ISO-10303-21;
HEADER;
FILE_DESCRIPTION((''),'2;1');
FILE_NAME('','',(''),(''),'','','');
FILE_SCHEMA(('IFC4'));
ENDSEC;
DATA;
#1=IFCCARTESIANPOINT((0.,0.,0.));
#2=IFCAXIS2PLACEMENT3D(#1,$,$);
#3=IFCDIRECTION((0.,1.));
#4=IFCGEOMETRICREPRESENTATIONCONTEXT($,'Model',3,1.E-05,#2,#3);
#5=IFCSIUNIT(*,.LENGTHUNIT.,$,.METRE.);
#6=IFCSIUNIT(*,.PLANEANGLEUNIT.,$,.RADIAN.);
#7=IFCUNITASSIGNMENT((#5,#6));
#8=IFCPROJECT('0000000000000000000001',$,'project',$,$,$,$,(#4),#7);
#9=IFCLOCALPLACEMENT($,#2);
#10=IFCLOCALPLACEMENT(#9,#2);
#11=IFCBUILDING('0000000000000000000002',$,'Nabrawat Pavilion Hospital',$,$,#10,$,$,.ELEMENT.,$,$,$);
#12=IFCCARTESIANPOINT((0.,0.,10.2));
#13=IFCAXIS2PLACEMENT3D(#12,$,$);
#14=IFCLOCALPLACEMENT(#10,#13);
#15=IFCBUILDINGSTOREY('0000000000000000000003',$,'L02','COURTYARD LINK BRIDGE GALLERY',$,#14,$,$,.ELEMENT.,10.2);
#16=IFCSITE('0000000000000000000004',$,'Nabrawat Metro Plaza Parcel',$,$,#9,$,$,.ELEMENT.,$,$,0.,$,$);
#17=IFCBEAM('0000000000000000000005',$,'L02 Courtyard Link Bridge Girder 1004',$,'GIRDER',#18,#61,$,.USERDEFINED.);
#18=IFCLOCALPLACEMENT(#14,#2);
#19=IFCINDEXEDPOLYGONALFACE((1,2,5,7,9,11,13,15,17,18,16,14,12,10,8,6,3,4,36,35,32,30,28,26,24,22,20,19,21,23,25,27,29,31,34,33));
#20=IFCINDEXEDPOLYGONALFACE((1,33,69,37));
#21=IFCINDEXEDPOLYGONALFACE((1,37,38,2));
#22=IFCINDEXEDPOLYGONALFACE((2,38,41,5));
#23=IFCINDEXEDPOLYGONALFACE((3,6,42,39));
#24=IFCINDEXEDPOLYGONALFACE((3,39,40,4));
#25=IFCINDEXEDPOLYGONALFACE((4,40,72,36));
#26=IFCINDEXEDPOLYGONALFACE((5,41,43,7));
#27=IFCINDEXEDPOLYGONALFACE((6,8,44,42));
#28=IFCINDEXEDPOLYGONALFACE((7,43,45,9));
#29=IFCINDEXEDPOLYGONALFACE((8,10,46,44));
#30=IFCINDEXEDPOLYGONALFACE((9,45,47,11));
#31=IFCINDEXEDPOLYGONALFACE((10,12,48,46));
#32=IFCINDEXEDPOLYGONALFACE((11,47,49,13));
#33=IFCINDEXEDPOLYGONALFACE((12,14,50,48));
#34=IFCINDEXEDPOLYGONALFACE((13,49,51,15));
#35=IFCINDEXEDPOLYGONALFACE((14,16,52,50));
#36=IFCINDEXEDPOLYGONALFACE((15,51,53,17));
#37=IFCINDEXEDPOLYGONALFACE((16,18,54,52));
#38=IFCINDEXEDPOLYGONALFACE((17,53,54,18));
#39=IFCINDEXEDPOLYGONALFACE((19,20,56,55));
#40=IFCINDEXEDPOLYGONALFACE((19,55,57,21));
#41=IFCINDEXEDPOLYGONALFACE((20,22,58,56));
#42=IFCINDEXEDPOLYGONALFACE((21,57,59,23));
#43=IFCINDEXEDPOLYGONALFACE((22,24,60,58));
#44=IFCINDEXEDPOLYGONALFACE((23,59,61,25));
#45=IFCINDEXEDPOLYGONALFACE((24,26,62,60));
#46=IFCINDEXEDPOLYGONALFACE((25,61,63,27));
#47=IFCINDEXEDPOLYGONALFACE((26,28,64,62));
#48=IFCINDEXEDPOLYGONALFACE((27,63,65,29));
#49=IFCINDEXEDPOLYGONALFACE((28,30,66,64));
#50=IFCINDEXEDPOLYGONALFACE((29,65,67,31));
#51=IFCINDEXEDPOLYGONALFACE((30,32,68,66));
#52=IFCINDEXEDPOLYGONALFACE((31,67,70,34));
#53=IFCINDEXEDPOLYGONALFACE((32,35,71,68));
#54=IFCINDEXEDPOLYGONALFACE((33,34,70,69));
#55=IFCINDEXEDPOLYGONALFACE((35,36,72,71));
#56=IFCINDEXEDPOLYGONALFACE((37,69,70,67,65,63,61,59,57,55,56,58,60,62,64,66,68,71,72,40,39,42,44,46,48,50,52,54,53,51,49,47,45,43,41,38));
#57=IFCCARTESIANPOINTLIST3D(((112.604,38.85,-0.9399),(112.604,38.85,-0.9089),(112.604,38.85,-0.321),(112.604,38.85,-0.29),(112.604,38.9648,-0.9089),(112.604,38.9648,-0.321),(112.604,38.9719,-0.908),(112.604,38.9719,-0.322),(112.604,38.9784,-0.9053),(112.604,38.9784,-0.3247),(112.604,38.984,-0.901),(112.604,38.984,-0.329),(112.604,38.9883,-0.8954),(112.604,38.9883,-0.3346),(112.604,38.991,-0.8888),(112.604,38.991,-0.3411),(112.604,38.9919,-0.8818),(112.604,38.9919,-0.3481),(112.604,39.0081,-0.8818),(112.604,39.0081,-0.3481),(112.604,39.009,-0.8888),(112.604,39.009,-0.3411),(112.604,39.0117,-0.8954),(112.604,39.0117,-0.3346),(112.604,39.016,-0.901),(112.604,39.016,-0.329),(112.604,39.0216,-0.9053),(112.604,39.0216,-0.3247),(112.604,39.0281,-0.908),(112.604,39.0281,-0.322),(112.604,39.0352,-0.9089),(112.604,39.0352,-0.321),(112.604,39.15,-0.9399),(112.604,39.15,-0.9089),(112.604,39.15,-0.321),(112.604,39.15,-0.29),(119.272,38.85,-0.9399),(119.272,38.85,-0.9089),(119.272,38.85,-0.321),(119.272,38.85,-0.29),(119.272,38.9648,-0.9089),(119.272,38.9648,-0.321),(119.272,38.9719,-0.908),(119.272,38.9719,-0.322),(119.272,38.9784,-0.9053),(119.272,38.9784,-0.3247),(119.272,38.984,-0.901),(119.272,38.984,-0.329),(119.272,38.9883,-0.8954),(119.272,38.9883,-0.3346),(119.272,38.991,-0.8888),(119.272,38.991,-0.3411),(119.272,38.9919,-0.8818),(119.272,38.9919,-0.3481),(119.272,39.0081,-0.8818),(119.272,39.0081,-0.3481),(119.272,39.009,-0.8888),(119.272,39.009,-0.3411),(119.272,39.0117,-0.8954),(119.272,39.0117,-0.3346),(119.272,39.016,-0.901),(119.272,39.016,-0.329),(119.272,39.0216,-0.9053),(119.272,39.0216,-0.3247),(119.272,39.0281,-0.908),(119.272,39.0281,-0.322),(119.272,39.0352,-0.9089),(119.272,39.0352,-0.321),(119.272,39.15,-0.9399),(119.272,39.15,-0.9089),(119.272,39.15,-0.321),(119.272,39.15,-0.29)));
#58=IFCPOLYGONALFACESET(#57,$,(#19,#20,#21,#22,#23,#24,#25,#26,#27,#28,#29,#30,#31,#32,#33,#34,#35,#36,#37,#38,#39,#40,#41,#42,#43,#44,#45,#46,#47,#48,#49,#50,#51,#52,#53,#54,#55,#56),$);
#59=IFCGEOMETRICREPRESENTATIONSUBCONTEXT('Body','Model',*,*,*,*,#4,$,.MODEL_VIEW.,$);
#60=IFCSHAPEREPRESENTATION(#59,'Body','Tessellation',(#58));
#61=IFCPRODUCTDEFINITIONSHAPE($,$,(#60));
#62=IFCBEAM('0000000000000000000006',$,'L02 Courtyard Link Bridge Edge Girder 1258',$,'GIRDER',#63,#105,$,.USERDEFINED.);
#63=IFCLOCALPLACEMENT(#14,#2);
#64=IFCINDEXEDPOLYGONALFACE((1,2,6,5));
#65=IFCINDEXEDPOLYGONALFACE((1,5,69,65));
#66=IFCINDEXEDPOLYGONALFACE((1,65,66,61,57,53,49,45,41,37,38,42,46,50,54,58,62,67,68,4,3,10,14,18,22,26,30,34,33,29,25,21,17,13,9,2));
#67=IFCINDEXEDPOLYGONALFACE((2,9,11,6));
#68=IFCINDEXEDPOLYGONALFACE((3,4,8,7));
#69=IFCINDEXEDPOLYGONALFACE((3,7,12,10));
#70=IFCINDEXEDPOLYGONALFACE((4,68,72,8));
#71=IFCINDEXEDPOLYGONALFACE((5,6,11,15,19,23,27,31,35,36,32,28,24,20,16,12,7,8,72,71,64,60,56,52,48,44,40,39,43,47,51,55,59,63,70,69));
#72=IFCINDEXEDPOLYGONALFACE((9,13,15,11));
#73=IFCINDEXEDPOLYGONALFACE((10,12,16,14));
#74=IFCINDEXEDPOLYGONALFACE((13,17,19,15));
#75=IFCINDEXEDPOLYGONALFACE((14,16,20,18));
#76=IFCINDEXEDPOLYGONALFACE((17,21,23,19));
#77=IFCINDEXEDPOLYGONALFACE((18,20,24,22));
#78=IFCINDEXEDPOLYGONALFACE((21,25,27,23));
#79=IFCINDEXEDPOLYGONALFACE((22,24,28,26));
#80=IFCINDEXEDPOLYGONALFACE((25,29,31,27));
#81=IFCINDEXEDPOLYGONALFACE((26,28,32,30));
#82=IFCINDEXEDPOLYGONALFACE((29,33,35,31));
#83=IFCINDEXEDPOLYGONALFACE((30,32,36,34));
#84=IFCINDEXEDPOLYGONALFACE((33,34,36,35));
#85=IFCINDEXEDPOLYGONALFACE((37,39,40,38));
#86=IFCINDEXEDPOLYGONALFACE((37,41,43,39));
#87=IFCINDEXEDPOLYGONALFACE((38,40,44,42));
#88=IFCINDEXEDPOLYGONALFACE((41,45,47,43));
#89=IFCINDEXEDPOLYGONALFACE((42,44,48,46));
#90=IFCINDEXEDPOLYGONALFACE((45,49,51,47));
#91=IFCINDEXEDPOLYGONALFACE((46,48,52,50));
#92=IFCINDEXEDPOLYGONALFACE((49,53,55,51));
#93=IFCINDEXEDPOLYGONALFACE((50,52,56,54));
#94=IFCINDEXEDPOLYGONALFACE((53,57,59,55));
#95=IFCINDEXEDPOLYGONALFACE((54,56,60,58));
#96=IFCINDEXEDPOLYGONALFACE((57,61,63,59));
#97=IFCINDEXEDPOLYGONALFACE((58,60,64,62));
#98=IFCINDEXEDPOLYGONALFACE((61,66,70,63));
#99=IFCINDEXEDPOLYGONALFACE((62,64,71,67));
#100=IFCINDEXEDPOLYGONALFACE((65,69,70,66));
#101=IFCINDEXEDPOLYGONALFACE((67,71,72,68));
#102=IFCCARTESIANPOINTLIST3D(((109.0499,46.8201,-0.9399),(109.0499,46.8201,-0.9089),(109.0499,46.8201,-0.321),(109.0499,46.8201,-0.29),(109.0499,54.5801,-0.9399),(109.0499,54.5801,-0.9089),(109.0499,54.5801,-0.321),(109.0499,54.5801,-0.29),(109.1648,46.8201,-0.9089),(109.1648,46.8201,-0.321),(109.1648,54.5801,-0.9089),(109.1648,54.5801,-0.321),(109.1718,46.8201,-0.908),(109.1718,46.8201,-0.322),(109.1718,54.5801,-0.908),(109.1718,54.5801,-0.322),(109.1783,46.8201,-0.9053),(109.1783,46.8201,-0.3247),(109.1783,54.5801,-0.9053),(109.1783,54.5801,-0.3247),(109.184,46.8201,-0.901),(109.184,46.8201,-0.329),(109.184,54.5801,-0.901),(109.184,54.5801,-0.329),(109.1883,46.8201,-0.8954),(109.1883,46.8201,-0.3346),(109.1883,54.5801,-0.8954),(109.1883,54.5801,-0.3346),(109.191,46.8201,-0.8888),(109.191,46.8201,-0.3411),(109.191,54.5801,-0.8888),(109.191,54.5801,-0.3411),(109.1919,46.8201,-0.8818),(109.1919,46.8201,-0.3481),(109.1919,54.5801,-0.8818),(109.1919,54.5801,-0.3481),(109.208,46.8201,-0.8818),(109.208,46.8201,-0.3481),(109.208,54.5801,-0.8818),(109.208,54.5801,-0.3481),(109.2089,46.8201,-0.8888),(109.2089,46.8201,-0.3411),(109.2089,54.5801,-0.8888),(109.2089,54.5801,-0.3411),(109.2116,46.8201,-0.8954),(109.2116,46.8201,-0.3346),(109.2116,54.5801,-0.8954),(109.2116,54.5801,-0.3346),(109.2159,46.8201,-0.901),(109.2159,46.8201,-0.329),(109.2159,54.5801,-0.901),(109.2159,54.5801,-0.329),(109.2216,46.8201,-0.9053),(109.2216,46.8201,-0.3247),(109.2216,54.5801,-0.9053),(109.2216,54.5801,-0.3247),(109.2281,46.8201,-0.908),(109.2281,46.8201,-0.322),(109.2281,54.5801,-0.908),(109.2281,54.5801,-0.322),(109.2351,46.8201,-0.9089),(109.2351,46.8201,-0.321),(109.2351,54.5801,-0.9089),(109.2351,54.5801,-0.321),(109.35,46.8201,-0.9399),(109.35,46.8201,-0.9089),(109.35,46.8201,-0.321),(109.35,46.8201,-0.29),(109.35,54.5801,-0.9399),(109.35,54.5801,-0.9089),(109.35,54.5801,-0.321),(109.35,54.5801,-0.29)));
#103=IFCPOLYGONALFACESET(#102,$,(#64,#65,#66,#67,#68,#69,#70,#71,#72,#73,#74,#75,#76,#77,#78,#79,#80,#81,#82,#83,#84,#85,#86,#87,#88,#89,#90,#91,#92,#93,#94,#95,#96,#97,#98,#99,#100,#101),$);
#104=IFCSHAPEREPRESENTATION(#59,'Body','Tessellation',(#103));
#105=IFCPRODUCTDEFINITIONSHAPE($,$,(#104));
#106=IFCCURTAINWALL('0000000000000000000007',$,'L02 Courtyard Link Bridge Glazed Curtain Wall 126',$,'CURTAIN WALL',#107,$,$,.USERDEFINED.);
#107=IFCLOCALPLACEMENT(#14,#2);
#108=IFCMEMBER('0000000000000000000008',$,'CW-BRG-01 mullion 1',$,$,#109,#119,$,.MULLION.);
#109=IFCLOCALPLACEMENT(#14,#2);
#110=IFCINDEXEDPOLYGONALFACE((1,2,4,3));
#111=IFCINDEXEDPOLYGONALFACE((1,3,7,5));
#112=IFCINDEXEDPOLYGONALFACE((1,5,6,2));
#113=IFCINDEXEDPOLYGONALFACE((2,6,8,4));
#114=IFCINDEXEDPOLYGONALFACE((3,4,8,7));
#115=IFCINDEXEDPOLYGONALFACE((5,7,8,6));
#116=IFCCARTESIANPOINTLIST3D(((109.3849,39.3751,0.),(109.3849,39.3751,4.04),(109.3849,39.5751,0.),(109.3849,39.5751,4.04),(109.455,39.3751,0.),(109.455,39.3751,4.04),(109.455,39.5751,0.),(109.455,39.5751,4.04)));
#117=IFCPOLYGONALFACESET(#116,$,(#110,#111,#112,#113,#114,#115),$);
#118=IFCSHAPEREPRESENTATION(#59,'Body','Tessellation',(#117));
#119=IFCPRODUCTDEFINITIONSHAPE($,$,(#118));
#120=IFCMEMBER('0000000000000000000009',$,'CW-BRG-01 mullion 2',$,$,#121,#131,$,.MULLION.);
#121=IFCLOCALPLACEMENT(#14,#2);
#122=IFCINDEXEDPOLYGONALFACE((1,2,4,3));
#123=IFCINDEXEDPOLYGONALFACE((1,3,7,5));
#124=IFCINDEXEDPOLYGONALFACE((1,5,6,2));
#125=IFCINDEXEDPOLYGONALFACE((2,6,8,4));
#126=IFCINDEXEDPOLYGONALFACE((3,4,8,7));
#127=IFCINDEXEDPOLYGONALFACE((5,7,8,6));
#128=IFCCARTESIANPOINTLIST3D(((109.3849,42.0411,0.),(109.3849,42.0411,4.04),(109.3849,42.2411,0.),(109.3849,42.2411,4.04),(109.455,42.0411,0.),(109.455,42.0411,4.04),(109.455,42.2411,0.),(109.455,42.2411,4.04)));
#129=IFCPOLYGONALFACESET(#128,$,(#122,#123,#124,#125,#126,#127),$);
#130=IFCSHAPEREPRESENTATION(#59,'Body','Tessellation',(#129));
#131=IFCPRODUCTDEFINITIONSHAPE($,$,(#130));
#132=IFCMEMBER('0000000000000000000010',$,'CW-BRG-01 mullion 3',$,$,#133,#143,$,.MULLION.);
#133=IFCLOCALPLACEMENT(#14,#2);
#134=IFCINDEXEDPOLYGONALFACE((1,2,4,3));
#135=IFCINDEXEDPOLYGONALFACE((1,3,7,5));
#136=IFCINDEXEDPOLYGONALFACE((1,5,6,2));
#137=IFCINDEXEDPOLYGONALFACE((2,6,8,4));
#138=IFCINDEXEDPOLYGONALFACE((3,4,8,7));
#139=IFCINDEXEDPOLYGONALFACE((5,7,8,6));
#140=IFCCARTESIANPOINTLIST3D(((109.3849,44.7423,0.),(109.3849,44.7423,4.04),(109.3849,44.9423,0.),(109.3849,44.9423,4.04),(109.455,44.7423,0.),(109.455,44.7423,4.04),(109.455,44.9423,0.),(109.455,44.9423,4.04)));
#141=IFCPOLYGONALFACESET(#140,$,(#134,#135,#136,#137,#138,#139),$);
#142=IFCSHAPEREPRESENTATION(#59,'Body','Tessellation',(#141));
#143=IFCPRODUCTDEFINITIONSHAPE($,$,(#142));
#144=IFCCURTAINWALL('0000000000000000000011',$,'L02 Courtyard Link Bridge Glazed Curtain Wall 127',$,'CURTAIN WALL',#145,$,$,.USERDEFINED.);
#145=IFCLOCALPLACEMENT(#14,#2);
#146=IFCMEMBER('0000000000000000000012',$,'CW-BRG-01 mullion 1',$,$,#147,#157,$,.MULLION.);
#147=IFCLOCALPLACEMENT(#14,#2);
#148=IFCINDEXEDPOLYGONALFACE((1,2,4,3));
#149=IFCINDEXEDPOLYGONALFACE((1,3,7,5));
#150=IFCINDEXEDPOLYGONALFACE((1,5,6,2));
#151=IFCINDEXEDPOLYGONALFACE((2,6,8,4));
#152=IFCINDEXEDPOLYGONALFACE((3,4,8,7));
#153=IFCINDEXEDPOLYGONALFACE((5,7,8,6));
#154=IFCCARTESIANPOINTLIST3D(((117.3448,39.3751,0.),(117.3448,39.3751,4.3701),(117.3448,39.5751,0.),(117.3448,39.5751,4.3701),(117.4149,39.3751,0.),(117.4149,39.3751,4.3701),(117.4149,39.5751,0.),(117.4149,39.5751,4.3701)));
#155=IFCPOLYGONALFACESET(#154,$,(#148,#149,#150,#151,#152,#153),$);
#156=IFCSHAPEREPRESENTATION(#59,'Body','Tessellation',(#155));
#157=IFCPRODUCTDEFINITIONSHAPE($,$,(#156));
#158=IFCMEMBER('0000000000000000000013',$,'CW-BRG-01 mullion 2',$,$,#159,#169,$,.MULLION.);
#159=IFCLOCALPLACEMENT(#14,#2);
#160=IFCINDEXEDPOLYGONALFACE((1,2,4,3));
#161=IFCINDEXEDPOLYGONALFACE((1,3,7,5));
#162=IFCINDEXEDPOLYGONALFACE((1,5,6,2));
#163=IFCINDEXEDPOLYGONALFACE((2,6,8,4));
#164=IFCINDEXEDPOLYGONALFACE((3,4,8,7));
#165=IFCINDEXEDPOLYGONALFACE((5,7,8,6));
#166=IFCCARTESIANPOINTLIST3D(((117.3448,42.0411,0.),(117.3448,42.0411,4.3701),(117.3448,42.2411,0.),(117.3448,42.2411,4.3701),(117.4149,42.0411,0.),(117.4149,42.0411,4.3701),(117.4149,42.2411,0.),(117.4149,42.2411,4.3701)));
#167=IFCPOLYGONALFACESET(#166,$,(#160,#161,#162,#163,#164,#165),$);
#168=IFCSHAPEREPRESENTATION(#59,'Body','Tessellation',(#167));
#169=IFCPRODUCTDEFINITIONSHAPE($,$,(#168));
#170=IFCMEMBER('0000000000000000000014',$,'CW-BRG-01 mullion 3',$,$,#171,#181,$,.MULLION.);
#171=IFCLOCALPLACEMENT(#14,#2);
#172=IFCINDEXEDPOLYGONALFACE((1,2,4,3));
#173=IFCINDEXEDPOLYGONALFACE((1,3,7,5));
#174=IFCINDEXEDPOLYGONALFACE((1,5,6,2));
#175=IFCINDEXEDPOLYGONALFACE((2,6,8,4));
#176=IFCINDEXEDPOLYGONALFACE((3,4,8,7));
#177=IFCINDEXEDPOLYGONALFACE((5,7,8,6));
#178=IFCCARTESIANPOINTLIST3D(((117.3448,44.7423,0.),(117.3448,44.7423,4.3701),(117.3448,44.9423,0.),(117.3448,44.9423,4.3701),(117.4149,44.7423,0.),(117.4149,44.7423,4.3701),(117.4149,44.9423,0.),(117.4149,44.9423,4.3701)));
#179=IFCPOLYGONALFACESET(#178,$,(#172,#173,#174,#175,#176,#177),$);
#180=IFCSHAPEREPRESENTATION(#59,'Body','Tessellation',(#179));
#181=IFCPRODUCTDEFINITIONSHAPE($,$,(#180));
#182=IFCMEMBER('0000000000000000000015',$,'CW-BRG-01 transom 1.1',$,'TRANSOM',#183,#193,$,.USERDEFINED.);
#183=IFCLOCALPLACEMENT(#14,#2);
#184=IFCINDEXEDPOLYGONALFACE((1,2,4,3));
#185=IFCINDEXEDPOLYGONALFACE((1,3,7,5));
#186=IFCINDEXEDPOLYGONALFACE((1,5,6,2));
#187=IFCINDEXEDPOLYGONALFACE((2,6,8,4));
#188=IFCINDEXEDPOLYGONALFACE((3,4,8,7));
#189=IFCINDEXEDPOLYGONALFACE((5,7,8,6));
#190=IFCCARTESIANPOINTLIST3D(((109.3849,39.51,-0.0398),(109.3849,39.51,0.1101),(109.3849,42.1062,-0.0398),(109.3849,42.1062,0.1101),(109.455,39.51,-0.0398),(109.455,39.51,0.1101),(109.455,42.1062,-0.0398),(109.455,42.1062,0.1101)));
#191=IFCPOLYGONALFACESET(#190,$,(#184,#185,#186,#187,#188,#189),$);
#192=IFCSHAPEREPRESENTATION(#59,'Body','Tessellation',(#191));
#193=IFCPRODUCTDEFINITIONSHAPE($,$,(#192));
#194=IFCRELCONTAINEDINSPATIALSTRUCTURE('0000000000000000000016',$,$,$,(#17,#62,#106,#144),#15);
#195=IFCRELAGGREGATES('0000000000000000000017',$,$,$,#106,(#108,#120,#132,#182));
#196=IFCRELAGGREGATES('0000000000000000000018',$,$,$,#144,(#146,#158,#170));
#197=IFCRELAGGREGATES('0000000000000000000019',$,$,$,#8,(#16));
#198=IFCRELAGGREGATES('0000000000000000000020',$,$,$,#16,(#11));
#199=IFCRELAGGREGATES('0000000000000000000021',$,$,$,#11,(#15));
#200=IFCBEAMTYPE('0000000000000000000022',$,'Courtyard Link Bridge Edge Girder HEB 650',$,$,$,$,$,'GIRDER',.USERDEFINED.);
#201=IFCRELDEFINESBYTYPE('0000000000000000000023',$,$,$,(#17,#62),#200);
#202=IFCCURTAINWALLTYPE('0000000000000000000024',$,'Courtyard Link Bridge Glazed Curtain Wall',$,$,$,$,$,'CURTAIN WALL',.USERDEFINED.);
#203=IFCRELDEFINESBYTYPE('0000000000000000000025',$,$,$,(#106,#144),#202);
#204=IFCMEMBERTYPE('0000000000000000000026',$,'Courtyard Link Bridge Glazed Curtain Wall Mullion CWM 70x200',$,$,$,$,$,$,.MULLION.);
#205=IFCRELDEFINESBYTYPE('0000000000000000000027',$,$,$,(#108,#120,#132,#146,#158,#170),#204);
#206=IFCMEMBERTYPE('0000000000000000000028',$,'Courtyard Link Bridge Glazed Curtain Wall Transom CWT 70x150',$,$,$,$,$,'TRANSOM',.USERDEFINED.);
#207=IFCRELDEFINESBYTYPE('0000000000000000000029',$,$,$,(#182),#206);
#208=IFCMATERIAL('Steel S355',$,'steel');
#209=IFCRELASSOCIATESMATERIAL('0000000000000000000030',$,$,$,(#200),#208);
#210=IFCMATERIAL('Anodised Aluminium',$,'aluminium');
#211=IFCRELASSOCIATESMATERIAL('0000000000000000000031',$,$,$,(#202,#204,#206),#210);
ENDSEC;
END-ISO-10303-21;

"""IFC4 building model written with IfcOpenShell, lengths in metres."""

from ifc_helpers import new_model, si_unit, direction, frame, origin, origin_2d, place, context, subcontext, project, spatial, rectangle, i_section, extrude, material, material_profile, profile_set, type_object, element, aggregate, save


model = new_model("IFC4")

# Units and contexts
model_context = context("Model", 3, precision=1e-05, world=origin(), true_north=direction((0.0, 1.0)))
body_context = subcontext(model_context, "Body", "Model", "MODEL_VIEW")
ifc_project = project(units=[si_unit("LENGTHUNIT", "METRE"), si_unit("PLANEANGLEUNIT", "RADIAN")], contexts=[model_context])

# Site, building, storey
site_placement = place(None, origin())
site = spatial("IfcSite", under=ifc_project, at=site_placement, Name="Nabrawat Metro Plaza Parcel", CompositionType="ELEMENT", RefElevation=0.0)
building_placement = place(site_placement, origin())
building = spatial("IfcBuilding", under=site, at=building_placement, Name="Nabrawat Pavilion Hospital", CompositionType="ELEMENT")
storey_placement = place(building_placement, frame((0.0, 0.0, 10.2)))
storey = spatial("IfcBuildingStorey", under=building, at=storey_placement, Name="L02", Description="COURTYARD LINK BRIDGE GALLERY", CompositionType="ELEMENT", Elevation=10.2)

# Shared definitions
ifc_material_1 = material(Name="Steel S355", Category="steel")

# Beams
ifc_material_profile_1 = material_profile(ifc_material_1, i_section(OverallWidth=0.3, OverallDepth=0.6499, WebThickness=0.0161, FlangeThickness=0.031, FilletRadius=0.0271, at=origin_2d()), Name="HEB 650")
ifc_profile_set_1 = profile_set([ifc_material_profile_1], Name="Steel S355")
beam_type_1 = type_object("IfcBeamType", Name="Courtyard Link Bridge Edge Girder HEB 650", ElementType="GIRDER", PredefinedType="USERDEFINED", material=ifc_profile_set_1)
for number, where, z_axis, x_axis, name in (
    (1, (112.604, 39.0, -0.615), (1.0, 0.0, 0.0), (0.0, 1.0, 0.0), "L02 Courtyard Link Bridge Girder 1004"),
):
    element("IfcBeam", number, at=place(storey_placement, frame(where, z_axis=z_axis, x_axis=x_axis)), inside=storey, type_object=beam_type_1, Name=name, ObjectType="GIRDER", PredefinedType="USERDEFINED", context=body_context, shape_type="SweptSolid", body=[
        extrude(i_section(OverallWidth=0.3, OverallDepth=0.6499, WebThickness=0.0161, FlangeThickness=0.031, FilletRadius=0.0271, at=origin_2d()), origin(), (0.0, 0.0, 1.0), 6.668),
    ])
beam_1_placement = place(storey_placement, frame((109.2, 46.8201, -0.615), z_axis=(0.0, 1.0, 0.0), x_axis=(-1.0, 0.0, 0.0)))
element("IfcBeam", 2, at=beam_1_placement, inside=storey, type_object=beam_type_1, Name="L02 Courtyard Link Bridge Edge Girder 1258", ObjectType="GIRDER", PredefinedType="USERDEFINED", context=body_context, shape_type="SweptSolid", body=[
    extrude(i_section(OverallWidth=0.3, OverallDepth=0.6499, WebThickness=0.0161, FlangeThickness=0.031, FilletRadius=0.0271, at=origin_2d()), origin(), (0.0, 0.0, 1.0), 7.76),
])

# Curtain walls, members
ifc_material_2 = material(Name="Anodised Aluminium", Category="aluminium")
curtain_wall_type = type_object("IfcCurtainWallType", Name="Courtyard Link Bridge Glazed Curtain Wall", ElementType="CURTAIN WALL", PredefinedType="USERDEFINED", material=ifc_material_2)
curtain_wall_1_placement = place(storey_placement, origin())
curtain_wall_1 = element("IfcCurtainWall", 3, at=curtain_wall_1_placement, inside=storey, type_object=curtain_wall_type, Name="L02 Courtyard Link Bridge Glazed Curtain Wall 126", ObjectType="CURTAIN WALL", PredefinedType="USERDEFINED")
ifc_material_profile_2 = material_profile(ifc_material_2, rectangle(XDim=0.0701, YDim=0.2, at=origin_2d()), Name="CWM 70x200")
ifc_profile_set_2 = profile_set([ifc_material_profile_2], Name="Anodised Aluminium")
member_type_1 = type_object("IfcMemberType", Name="Courtyard Link Bridge Glazed Curtain Wall Mullion CWM 70x200", PredefinedType="MULLION", material=ifc_profile_set_2)
member_1_placement = place(storey_placement, frame((109.4199, 39.4751, 0.0), z_axis=(0.0, 0.0, 1.0), x_axis=(-1.0, 0.0, 0.0)))
member_1 = element("IfcMember", 4, at=member_1_placement, type_object=member_type_1, Name="CW-BRG-01 mullion 1", PredefinedType="MULLION", context=body_context, shape_type="SweptSolid", body=[
    extrude(rectangle(XDim=0.0701, YDim=0.2, at=origin_2d()), origin(), (0.0, 0.0, 1.0), 4.04),
])
member_2_placement = place(storey_placement, frame((109.4199, 42.1411, 0.0), z_axis=(0.0, 0.0, 1.0), x_axis=(-1.0, 0.0, 0.0)))
member_2 = element("IfcMember", 5, at=member_2_placement, type_object=member_type_1, Name="CW-BRG-01 mullion 2", PredefinedType="MULLION", context=body_context, shape_type="SweptSolid", body=[
    extrude(rectangle(XDim=0.0701, YDim=0.2, at=origin_2d()), origin(), (0.0, 0.0, 1.0), 4.04),
])
member_3_placement = place(storey_placement, frame((109.4199, 44.8423, 0.0), z_axis=(0.0, 0.0, 1.0), x_axis=(-1.0, 0.0, 0.0)))
member_3 = element("IfcMember", 6, at=member_3_placement, type_object=member_type_1, Name="CW-BRG-01 mullion 3", PredefinedType="MULLION", context=body_context, shape_type="SweptSolid", body=[
    extrude(rectangle(XDim=0.0701, YDim=0.2, at=origin_2d()), origin(), (0.0, 0.0, 1.0), 4.04),
])
curtain_wall_2_placement = place(storey_placement, origin())
curtain_wall_2 = element("IfcCurtainWall", 7, at=curtain_wall_2_placement, inside=storey, type_object=curtain_wall_type, Name="L02 Courtyard Link Bridge Glazed Curtain Wall 127", ObjectType="CURTAIN WALL", PredefinedType="USERDEFINED")
member_4_placement = place(storey_placement, frame((117.3799, 39.4751, 0.0), z_axis=(0.0, 0.0, 1.0), x_axis=(-1.0, 0.0, 0.0)))
member_4 = element("IfcMember", 8, at=member_4_placement, type_object=member_type_1, Name="CW-BRG-01 mullion 1", PredefinedType="MULLION", context=body_context, shape_type="SweptSolid", body=[
    extrude(rectangle(XDim=0.0701, YDim=0.2, at=origin_2d()), origin(), (0.0, 0.0, 1.0), 4.3701),
])
member_5_placement = place(storey_placement, frame((117.3799, 42.1411, 0.0), z_axis=(0.0, 0.0, 1.0), x_axis=(-1.0, 0.0, 0.0)))
member_5 = element("IfcMember", 9, at=member_5_placement, type_object=member_type_1, Name="CW-BRG-01 mullion 2", PredefinedType="MULLION", context=body_context, shape_type="SweptSolid", body=[
    extrude(rectangle(XDim=0.0701, YDim=0.2, at=origin_2d()), origin(), (0.0, 0.0, 1.0), 4.3701),
])
member_6_placement = place(storey_placement, frame((117.3799, 44.8423, 0.0), z_axis=(0.0, 0.0, 1.0), x_axis=(-1.0, 0.0, 0.0)))
member_6 = element("IfcMember", 10, at=member_6_placement, type_object=member_type_1, Name="CW-BRG-01 mullion 3", PredefinedType="MULLION", context=body_context, shape_type="SweptSolid", body=[
    extrude(rectangle(XDim=0.0701, YDim=0.2, at=origin_2d()), origin(), (0.0, 0.0, 1.0), 4.3701),
])

# Member
ifc_material_profile_3 = material_profile(ifc_material_2, rectangle(XDim=0.0701, YDim=0.1499, at=origin_2d()), Name="CWT 70x150")
ifc_profile_set_3 = profile_set([ifc_material_profile_3], Name="Anodised Aluminium")
member_type_2 = type_object("IfcMemberType", Name="Courtyard Link Bridge Glazed Curtain Wall Transom CWT 70x150", ElementType="TRANSOM", PredefinedType="USERDEFINED", material=ifc_profile_set_3)
member_7_placement = place(storey_placement, frame((109.4199, 39.51, 0.0352), z_axis=(0.0, 1.0, 0.0), x_axis=(-1.0, 0.0, 0.0)))
member_7 = element("IfcMember", 11, at=member_7_placement, type_object=member_type_2, Name="CW-BRG-01 transom 1.1", ObjectType="TRANSOM", PredefinedType="USERDEFINED", context=body_context, shape_type="SweptSolid", body=[
    extrude(rectangle(XDim=0.0701, YDim=0.1499, at=origin_2d()), origin(), (0.0, 0.0, 1.0), 2.5962),
])

aggregate(curtain_wall_1, [member_1, member_2, member_3, member_7])
aggregate(curtain_wall_2, [member_4, member_5, member_6])

save(model, "model.ifc")
